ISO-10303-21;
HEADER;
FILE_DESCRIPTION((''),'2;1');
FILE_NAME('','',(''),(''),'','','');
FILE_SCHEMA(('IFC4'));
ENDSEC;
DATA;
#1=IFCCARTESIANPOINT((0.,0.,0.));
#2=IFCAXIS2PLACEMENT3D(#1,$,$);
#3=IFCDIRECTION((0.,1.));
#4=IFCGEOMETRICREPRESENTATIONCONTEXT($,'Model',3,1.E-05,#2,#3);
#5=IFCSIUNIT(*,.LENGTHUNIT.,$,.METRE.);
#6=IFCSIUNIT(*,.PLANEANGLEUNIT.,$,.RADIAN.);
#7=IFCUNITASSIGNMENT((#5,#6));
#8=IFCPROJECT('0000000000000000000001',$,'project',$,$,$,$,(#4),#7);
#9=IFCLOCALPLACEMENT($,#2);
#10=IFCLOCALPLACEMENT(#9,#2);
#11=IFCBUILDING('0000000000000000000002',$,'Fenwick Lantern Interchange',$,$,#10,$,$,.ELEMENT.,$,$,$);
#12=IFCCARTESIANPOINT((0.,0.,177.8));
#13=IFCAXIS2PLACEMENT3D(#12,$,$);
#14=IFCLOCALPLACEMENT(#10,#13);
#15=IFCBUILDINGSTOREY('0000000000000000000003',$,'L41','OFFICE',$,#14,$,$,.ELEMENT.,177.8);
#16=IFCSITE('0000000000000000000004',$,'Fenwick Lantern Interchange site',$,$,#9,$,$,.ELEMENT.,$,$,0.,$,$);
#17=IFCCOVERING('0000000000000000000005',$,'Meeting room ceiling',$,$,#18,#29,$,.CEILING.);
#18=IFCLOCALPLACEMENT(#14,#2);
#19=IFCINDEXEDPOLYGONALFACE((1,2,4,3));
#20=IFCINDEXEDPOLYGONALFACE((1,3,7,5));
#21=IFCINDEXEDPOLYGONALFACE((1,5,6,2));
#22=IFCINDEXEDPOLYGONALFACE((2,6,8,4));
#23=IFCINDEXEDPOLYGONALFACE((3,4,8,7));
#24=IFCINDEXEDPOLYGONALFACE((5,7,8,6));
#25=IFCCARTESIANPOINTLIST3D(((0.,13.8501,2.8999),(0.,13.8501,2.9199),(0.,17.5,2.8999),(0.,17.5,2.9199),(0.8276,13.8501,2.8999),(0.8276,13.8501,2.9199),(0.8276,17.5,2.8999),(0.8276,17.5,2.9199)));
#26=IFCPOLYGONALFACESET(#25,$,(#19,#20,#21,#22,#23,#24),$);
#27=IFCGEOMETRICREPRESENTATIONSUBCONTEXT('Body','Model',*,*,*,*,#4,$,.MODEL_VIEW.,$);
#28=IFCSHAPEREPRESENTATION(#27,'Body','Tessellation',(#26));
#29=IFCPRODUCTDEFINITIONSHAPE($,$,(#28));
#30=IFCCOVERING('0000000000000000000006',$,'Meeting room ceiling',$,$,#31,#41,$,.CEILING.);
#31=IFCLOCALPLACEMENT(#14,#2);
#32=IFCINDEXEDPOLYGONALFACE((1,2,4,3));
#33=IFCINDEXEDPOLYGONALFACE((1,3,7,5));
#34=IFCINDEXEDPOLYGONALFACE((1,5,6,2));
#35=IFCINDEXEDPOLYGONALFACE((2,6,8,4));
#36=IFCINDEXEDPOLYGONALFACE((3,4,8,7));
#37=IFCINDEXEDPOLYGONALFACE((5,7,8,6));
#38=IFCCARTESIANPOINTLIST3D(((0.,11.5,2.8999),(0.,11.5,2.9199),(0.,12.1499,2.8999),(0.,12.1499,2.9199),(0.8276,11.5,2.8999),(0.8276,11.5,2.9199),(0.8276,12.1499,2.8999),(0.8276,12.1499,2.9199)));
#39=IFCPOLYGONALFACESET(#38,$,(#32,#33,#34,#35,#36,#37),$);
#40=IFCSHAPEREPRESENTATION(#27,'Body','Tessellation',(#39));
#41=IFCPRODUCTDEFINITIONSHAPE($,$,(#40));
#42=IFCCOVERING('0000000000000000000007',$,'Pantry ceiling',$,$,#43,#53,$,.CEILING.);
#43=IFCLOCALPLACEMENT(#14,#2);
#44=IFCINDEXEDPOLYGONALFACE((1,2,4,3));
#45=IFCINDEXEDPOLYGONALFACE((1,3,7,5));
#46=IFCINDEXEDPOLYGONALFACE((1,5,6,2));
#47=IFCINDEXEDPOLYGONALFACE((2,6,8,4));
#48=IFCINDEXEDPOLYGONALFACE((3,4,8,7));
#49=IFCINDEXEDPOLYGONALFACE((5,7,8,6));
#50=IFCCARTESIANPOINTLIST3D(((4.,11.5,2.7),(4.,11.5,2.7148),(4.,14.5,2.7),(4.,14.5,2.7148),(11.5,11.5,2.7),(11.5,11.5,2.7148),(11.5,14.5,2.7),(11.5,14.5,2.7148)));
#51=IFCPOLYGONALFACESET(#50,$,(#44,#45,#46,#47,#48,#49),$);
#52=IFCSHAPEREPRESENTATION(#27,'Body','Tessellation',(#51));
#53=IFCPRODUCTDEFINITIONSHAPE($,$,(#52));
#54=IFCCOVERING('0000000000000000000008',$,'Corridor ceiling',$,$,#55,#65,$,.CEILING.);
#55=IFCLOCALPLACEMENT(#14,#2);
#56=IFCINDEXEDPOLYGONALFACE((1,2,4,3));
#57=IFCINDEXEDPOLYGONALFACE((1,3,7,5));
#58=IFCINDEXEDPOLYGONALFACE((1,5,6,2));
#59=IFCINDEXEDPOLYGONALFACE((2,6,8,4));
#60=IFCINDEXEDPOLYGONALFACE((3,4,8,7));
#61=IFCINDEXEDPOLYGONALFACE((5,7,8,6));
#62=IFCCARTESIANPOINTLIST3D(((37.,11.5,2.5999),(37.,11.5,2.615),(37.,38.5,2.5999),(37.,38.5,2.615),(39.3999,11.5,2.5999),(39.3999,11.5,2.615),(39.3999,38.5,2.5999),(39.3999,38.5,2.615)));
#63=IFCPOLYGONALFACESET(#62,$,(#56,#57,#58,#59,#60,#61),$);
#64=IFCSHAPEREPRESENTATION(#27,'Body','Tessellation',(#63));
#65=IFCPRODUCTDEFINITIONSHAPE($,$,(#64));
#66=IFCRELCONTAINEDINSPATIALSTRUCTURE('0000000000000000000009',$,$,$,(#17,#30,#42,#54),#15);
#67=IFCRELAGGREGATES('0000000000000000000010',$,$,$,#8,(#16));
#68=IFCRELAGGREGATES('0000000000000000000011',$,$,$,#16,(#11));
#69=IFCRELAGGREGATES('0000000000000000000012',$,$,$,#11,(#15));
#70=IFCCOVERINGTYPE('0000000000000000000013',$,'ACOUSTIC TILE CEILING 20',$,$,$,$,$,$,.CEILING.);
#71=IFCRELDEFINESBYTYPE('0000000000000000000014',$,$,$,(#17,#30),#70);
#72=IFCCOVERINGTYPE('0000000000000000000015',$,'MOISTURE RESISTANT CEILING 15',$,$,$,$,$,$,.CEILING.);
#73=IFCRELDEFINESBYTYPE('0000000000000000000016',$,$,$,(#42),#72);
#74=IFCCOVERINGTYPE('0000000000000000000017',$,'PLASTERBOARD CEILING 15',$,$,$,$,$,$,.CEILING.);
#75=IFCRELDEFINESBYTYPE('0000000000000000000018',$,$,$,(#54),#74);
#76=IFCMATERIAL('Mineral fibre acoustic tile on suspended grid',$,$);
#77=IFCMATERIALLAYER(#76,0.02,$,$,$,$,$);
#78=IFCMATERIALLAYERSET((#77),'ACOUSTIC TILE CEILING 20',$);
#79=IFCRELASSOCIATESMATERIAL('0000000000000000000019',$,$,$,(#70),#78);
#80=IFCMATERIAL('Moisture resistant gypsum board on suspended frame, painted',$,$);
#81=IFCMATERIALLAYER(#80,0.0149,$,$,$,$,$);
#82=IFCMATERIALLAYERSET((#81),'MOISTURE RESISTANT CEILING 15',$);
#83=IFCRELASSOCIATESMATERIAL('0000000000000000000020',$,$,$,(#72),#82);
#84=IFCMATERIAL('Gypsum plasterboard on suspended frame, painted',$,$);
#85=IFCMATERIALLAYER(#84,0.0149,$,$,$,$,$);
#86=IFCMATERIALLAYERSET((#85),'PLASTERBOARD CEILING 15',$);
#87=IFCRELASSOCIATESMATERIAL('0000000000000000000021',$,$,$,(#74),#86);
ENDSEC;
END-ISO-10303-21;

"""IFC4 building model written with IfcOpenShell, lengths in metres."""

from ifc_helpers import new_model, si_unit, direction, frame, origin, place, context, subcontext, project, spatial, polyline, outline, extrude, material, layer, layer_set, type_object, element, save


model = new_model("IFC4")

# Units and contexts
model_context = context("Model", 3, precision=1e-05, world=origin(), true_north=direction((0.0, 1.0)))
body_context = subcontext(model_context, "Body", "Model", "MODEL_VIEW")
ifc_project = project(units=[si_unit("LENGTHUNIT", "METRE"), si_unit("PLANEANGLEUNIT", "RADIAN")], contexts=[model_context])

# Site, building, storey
site_placement = place(None, origin())
site = spatial("IfcSite", under=ifc_project, at=site_placement, Name="Fenwick Lantern Interchange site", CompositionType="ELEMENT", RefElevation=0.0)
building_placement = place(site_placement, origin())
building = spatial("IfcBuilding", under=site, at=building_placement, Name="Fenwick Lantern Interchange", CompositionType="ELEMENT")
storey_placement = place(building_placement, frame((0.0, 0.0, 177.8)))
storey = spatial("IfcBuildingStorey", under=building, at=storey_placement, Name="L41", Description="OFFICE", CompositionType="ELEMENT", Elevation=177.8)

# Coverings
ifc_material_1 = material(Name="Mineral fibre acoustic tile on suspended grid")
ifc_layer_1 = layer(ifc_material_1, 0.02)
ifc_layer_set_1 = layer_set([ifc_layer_1], Name="ACOUSTIC TILE CEILING 20")
covering_type_1 = type_object("IfcCoveringType", Name="ACOUSTIC TILE CEILING 20", PredefinedType="CEILING", material=ifc_layer_set_1)
covering_1_placement = place(storey_placement, frame((0.0, 0.0, 2.8999)))
element("IfcCovering", 1, at=covering_1_placement, inside=storey, type_object=covering_type_1, Name="Meeting room ceiling", PredefinedType="CEILING", context=body_context, shape_type="SweptSolid", body=[
    extrude(outline(polyline([(0.8276, 17.5), (0.0, 17.5), (0.0, 13.8501), (0.8276, 13.8501), (0.8276, 17.5)])), origin(), (0.0, 0.0, 1.0), 0.02),
])
covering_2_placement = place(storey_placement, frame((0.0, 0.0, 2.8999)))
element("IfcCovering", 2, at=covering_2_placement, inside=storey, type_object=covering_type_1, Name="Meeting room ceiling", PredefinedType="CEILING", context=body_context, shape_type="SweptSolid", body=[
    extrude(outline(polyline([(0.0, 11.5), (0.8276, 11.5), (0.8276, 12.1499), (0.0, 12.1499), (0.0, 11.5)])), origin(), (0.0, 0.0, 1.0), 0.02),
])
ifc_material_2 = material(Name="Moisture resistant gypsum board on suspended frame, painted")
ifc_layer_2 = layer(ifc_material_2, 0.0149)
ifc_layer_set_2 = layer_set([ifc_layer_2], Name="MOISTURE RESISTANT CEILING 15")
covering_type_2 = type_object("IfcCoveringType", Name="MOISTURE RESISTANT CEILING 15", PredefinedType="CEILING", material=ifc_layer_set_2)
covering_3_placement = place(storey_placement, frame((0.0, 0.0, 2.7)))
element("IfcCovering", 3, at=covering_3_placement, inside=storey, type_object=covering_type_2, Name="Pantry ceiling", PredefinedType="CEILING", context=body_context, shape_type="SweptSolid", body=[
    extrude(outline(polyline([(4.0, 14.5), (4.0, 11.5), (11.5, 11.5), (11.5, 14.5), (4.0, 14.5)])), origin(), (0.0, 0.0, 1.0), 0.0149),
])
ifc_material_3 = material(Name="Gypsum plasterboard on suspended frame, painted")
ifc_layer_3 = layer(ifc_material_3, 0.0149)
ifc_layer_set_3 = layer_set([ifc_layer_3], Name="PLASTERBOARD CEILING 15")
covering_type_3 = type_object("IfcCoveringType", Name="PLASTERBOARD CEILING 15", PredefinedType="CEILING", material=ifc_layer_set_3)
covering_4_placement = place(storey_placement, frame((0.0, 0.0, 2.5999)))
element("IfcCovering", 4, at=covering_4_placement, inside=storey, type_object=covering_type_3, Name="Corridor ceiling", PredefinedType="CEILING", context=body_context, shape_type="SweptSolid", body=[
    extrude(outline(polyline([(39.3999, 38.5), (37.0, 38.5), (37.0, 11.5), (39.3999, 11.5), (39.3999, 38.5)])), origin(), (0.0, 0.0, 1.0), 0.0151),
])

save(model, "model.ifc")
